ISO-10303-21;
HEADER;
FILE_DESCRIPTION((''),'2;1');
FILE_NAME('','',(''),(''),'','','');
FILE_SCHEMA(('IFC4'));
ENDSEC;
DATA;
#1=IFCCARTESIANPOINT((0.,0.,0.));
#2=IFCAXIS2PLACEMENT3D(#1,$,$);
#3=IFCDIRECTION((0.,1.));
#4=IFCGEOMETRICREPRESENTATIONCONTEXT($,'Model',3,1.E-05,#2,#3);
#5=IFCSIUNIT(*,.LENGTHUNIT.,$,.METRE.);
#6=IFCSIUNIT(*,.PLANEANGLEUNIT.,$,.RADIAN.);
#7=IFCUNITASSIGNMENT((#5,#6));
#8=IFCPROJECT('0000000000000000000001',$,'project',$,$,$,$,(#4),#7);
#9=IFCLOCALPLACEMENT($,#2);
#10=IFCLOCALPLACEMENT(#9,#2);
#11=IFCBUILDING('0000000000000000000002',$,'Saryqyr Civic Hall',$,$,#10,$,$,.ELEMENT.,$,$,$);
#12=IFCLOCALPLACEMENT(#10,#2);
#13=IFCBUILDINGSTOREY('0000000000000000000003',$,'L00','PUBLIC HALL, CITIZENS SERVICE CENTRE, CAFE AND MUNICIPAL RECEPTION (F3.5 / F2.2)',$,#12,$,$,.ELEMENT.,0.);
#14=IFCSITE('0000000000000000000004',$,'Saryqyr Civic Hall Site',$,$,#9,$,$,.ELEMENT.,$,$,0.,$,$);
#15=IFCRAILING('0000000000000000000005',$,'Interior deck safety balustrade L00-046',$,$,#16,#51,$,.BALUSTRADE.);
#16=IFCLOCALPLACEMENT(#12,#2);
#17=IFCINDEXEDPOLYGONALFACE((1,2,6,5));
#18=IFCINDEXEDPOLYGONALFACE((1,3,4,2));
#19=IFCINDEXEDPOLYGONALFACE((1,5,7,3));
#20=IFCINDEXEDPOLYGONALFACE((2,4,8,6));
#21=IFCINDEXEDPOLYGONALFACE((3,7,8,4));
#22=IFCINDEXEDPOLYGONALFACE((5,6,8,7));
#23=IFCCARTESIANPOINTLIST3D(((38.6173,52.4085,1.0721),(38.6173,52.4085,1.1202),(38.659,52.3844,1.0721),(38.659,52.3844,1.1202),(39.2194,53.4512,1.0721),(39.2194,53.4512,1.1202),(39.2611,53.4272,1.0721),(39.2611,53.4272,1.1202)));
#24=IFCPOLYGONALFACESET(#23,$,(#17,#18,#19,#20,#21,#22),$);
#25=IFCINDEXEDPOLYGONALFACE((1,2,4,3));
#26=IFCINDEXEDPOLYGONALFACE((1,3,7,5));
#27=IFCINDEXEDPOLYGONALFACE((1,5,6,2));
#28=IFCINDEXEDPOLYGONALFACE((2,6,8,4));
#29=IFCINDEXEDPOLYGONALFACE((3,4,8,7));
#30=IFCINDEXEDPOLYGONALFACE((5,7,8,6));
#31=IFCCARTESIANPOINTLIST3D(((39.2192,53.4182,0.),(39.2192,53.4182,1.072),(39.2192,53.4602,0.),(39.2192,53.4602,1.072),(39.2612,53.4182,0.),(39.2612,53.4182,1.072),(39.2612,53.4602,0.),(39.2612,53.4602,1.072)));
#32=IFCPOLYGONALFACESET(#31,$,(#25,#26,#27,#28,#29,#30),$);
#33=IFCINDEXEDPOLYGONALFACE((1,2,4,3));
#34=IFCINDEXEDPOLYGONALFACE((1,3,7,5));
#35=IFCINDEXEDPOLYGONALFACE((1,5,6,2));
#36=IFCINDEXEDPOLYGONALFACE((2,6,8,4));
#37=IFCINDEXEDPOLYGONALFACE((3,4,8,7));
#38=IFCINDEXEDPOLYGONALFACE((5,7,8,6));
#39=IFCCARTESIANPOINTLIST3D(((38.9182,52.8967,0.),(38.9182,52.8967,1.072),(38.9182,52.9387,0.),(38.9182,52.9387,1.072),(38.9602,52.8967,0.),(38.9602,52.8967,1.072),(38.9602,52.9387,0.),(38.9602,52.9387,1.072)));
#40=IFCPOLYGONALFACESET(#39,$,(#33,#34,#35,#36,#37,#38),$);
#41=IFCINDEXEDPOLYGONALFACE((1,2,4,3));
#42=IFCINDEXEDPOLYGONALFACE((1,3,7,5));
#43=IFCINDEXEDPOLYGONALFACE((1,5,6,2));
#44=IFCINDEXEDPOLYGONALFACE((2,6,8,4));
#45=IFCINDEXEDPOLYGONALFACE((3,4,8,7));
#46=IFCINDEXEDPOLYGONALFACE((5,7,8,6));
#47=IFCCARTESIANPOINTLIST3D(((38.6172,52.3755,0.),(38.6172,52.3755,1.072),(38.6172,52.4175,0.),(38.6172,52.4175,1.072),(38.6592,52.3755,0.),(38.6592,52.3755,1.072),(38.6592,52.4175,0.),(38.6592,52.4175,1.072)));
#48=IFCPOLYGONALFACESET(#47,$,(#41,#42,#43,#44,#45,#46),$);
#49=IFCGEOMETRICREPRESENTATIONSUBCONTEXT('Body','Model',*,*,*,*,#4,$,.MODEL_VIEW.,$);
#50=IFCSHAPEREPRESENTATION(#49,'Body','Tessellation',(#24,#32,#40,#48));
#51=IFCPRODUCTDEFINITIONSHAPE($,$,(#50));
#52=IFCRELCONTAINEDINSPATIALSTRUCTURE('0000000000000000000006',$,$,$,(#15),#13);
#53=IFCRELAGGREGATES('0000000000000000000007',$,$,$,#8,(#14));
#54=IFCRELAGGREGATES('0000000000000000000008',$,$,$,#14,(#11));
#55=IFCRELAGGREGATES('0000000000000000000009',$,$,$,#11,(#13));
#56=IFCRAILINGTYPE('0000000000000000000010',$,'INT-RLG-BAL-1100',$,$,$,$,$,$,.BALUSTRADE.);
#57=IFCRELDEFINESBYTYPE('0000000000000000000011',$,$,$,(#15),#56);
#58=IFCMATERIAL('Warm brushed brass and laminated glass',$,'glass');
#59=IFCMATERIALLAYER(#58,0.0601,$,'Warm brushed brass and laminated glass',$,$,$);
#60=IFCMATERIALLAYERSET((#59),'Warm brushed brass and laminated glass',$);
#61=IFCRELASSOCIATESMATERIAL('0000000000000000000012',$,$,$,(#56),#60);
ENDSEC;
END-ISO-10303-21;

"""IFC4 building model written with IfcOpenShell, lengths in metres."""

from ifc_helpers import new_model, si_unit, direction, frame, origin, origin_2d, place, context, subcontext, project, spatial, rectangle, extrude, material, layer, layer_set, type_object, element, save


model = new_model("IFC4")

# Units and contexts
model_context = context("Model", 3, precision=1e-05, world=origin(), true_north=direction((0.0, 1.0)))
body_context = subcontext(model_context, "Body", "Model", "MODEL_VIEW")
ifc_project = project(units=[si_unit("LENGTHUNIT", "METRE"), si_unit("PLANEANGLEUNIT", "RADIAN")], contexts=[model_context])

# Site, building, storey
site_placement = place(None, origin())
site = spatial("IfcSite", under=ifc_project, at=site_placement, Name="Saryqyr Civic Hall Site", CompositionType="ELEMENT", RefElevation=0.0)
building_placement = place(site_placement, origin())
building = spatial("IfcBuilding", under=site, at=building_placement, Name="Saryqyr Civic Hall", CompositionType="ELEMENT")
storey_placement = place(building_placement, origin())
storey = spatial("IfcBuildingStorey", under=building, at=storey_placement, Name="L00", Description="PUBLIC HALL, CITIZENS SERVICE CENTRE, CAFE AND MUNICIPAL RECEPTION (F3.5 / F2.2)", CompositionType="ELEMENT", Elevation=0.0)

# Railing
ifc_material_1 = material(Name="Warm brushed brass and laminated glass", Category="glass")
ifc_layer_1 = layer(ifc_material_1, 0.0601, Name="Warm brushed brass and laminated glass")
ifc_layer_set_1 = layer_set([ifc_layer_1], Name="Warm brushed brass and laminated glass")
railing_type = type_object("IfcRailingType", Name="INT-RLG-BAL-1100", PredefinedType="BALUSTRADE", material=ifc_layer_set_1)
railing_1_placement = place(storey_placement, frame((39.2402, 53.4392, 0.0)))
element("IfcRailing", 1, at=railing_1_placement, inside=storey, type_object=railing_type, Name="Interior deck safety balustrade L00-046", PredefinedType="BALUSTRADE", context=body_context, shape_type="SweptSolid", body=[
    extrude(rectangle(XDim=0.0481, YDim=0.0481, at=origin_2d()), frame((0.0, 0.0, 1.0962), z_axis=(-0.500021, -0.866013, 0.0), x_axis=(0.866013, -0.500021, 0.0)), (0.0, 0.0, 1.0), 1.2041),
    extrude(rectangle(XDim=0.042, YDim=0.042, at=origin_2d()), origin(), (0.0, 0.0, 1.0), 1.072),
    extrude(rectangle(XDim=0.042, YDim=0.042, at=origin_2d()), frame((-0.301, -0.5215, 0.0)), (0.0, 0.0, 1.0), 1.072),
    extrude(rectangle(XDim=0.042, YDim=0.042, at=origin_2d()), frame((-0.6021, -1.0427, 0.0)), (0.0, 0.0, 1.0), 1.072),
])

save(model, "model.ifc")
